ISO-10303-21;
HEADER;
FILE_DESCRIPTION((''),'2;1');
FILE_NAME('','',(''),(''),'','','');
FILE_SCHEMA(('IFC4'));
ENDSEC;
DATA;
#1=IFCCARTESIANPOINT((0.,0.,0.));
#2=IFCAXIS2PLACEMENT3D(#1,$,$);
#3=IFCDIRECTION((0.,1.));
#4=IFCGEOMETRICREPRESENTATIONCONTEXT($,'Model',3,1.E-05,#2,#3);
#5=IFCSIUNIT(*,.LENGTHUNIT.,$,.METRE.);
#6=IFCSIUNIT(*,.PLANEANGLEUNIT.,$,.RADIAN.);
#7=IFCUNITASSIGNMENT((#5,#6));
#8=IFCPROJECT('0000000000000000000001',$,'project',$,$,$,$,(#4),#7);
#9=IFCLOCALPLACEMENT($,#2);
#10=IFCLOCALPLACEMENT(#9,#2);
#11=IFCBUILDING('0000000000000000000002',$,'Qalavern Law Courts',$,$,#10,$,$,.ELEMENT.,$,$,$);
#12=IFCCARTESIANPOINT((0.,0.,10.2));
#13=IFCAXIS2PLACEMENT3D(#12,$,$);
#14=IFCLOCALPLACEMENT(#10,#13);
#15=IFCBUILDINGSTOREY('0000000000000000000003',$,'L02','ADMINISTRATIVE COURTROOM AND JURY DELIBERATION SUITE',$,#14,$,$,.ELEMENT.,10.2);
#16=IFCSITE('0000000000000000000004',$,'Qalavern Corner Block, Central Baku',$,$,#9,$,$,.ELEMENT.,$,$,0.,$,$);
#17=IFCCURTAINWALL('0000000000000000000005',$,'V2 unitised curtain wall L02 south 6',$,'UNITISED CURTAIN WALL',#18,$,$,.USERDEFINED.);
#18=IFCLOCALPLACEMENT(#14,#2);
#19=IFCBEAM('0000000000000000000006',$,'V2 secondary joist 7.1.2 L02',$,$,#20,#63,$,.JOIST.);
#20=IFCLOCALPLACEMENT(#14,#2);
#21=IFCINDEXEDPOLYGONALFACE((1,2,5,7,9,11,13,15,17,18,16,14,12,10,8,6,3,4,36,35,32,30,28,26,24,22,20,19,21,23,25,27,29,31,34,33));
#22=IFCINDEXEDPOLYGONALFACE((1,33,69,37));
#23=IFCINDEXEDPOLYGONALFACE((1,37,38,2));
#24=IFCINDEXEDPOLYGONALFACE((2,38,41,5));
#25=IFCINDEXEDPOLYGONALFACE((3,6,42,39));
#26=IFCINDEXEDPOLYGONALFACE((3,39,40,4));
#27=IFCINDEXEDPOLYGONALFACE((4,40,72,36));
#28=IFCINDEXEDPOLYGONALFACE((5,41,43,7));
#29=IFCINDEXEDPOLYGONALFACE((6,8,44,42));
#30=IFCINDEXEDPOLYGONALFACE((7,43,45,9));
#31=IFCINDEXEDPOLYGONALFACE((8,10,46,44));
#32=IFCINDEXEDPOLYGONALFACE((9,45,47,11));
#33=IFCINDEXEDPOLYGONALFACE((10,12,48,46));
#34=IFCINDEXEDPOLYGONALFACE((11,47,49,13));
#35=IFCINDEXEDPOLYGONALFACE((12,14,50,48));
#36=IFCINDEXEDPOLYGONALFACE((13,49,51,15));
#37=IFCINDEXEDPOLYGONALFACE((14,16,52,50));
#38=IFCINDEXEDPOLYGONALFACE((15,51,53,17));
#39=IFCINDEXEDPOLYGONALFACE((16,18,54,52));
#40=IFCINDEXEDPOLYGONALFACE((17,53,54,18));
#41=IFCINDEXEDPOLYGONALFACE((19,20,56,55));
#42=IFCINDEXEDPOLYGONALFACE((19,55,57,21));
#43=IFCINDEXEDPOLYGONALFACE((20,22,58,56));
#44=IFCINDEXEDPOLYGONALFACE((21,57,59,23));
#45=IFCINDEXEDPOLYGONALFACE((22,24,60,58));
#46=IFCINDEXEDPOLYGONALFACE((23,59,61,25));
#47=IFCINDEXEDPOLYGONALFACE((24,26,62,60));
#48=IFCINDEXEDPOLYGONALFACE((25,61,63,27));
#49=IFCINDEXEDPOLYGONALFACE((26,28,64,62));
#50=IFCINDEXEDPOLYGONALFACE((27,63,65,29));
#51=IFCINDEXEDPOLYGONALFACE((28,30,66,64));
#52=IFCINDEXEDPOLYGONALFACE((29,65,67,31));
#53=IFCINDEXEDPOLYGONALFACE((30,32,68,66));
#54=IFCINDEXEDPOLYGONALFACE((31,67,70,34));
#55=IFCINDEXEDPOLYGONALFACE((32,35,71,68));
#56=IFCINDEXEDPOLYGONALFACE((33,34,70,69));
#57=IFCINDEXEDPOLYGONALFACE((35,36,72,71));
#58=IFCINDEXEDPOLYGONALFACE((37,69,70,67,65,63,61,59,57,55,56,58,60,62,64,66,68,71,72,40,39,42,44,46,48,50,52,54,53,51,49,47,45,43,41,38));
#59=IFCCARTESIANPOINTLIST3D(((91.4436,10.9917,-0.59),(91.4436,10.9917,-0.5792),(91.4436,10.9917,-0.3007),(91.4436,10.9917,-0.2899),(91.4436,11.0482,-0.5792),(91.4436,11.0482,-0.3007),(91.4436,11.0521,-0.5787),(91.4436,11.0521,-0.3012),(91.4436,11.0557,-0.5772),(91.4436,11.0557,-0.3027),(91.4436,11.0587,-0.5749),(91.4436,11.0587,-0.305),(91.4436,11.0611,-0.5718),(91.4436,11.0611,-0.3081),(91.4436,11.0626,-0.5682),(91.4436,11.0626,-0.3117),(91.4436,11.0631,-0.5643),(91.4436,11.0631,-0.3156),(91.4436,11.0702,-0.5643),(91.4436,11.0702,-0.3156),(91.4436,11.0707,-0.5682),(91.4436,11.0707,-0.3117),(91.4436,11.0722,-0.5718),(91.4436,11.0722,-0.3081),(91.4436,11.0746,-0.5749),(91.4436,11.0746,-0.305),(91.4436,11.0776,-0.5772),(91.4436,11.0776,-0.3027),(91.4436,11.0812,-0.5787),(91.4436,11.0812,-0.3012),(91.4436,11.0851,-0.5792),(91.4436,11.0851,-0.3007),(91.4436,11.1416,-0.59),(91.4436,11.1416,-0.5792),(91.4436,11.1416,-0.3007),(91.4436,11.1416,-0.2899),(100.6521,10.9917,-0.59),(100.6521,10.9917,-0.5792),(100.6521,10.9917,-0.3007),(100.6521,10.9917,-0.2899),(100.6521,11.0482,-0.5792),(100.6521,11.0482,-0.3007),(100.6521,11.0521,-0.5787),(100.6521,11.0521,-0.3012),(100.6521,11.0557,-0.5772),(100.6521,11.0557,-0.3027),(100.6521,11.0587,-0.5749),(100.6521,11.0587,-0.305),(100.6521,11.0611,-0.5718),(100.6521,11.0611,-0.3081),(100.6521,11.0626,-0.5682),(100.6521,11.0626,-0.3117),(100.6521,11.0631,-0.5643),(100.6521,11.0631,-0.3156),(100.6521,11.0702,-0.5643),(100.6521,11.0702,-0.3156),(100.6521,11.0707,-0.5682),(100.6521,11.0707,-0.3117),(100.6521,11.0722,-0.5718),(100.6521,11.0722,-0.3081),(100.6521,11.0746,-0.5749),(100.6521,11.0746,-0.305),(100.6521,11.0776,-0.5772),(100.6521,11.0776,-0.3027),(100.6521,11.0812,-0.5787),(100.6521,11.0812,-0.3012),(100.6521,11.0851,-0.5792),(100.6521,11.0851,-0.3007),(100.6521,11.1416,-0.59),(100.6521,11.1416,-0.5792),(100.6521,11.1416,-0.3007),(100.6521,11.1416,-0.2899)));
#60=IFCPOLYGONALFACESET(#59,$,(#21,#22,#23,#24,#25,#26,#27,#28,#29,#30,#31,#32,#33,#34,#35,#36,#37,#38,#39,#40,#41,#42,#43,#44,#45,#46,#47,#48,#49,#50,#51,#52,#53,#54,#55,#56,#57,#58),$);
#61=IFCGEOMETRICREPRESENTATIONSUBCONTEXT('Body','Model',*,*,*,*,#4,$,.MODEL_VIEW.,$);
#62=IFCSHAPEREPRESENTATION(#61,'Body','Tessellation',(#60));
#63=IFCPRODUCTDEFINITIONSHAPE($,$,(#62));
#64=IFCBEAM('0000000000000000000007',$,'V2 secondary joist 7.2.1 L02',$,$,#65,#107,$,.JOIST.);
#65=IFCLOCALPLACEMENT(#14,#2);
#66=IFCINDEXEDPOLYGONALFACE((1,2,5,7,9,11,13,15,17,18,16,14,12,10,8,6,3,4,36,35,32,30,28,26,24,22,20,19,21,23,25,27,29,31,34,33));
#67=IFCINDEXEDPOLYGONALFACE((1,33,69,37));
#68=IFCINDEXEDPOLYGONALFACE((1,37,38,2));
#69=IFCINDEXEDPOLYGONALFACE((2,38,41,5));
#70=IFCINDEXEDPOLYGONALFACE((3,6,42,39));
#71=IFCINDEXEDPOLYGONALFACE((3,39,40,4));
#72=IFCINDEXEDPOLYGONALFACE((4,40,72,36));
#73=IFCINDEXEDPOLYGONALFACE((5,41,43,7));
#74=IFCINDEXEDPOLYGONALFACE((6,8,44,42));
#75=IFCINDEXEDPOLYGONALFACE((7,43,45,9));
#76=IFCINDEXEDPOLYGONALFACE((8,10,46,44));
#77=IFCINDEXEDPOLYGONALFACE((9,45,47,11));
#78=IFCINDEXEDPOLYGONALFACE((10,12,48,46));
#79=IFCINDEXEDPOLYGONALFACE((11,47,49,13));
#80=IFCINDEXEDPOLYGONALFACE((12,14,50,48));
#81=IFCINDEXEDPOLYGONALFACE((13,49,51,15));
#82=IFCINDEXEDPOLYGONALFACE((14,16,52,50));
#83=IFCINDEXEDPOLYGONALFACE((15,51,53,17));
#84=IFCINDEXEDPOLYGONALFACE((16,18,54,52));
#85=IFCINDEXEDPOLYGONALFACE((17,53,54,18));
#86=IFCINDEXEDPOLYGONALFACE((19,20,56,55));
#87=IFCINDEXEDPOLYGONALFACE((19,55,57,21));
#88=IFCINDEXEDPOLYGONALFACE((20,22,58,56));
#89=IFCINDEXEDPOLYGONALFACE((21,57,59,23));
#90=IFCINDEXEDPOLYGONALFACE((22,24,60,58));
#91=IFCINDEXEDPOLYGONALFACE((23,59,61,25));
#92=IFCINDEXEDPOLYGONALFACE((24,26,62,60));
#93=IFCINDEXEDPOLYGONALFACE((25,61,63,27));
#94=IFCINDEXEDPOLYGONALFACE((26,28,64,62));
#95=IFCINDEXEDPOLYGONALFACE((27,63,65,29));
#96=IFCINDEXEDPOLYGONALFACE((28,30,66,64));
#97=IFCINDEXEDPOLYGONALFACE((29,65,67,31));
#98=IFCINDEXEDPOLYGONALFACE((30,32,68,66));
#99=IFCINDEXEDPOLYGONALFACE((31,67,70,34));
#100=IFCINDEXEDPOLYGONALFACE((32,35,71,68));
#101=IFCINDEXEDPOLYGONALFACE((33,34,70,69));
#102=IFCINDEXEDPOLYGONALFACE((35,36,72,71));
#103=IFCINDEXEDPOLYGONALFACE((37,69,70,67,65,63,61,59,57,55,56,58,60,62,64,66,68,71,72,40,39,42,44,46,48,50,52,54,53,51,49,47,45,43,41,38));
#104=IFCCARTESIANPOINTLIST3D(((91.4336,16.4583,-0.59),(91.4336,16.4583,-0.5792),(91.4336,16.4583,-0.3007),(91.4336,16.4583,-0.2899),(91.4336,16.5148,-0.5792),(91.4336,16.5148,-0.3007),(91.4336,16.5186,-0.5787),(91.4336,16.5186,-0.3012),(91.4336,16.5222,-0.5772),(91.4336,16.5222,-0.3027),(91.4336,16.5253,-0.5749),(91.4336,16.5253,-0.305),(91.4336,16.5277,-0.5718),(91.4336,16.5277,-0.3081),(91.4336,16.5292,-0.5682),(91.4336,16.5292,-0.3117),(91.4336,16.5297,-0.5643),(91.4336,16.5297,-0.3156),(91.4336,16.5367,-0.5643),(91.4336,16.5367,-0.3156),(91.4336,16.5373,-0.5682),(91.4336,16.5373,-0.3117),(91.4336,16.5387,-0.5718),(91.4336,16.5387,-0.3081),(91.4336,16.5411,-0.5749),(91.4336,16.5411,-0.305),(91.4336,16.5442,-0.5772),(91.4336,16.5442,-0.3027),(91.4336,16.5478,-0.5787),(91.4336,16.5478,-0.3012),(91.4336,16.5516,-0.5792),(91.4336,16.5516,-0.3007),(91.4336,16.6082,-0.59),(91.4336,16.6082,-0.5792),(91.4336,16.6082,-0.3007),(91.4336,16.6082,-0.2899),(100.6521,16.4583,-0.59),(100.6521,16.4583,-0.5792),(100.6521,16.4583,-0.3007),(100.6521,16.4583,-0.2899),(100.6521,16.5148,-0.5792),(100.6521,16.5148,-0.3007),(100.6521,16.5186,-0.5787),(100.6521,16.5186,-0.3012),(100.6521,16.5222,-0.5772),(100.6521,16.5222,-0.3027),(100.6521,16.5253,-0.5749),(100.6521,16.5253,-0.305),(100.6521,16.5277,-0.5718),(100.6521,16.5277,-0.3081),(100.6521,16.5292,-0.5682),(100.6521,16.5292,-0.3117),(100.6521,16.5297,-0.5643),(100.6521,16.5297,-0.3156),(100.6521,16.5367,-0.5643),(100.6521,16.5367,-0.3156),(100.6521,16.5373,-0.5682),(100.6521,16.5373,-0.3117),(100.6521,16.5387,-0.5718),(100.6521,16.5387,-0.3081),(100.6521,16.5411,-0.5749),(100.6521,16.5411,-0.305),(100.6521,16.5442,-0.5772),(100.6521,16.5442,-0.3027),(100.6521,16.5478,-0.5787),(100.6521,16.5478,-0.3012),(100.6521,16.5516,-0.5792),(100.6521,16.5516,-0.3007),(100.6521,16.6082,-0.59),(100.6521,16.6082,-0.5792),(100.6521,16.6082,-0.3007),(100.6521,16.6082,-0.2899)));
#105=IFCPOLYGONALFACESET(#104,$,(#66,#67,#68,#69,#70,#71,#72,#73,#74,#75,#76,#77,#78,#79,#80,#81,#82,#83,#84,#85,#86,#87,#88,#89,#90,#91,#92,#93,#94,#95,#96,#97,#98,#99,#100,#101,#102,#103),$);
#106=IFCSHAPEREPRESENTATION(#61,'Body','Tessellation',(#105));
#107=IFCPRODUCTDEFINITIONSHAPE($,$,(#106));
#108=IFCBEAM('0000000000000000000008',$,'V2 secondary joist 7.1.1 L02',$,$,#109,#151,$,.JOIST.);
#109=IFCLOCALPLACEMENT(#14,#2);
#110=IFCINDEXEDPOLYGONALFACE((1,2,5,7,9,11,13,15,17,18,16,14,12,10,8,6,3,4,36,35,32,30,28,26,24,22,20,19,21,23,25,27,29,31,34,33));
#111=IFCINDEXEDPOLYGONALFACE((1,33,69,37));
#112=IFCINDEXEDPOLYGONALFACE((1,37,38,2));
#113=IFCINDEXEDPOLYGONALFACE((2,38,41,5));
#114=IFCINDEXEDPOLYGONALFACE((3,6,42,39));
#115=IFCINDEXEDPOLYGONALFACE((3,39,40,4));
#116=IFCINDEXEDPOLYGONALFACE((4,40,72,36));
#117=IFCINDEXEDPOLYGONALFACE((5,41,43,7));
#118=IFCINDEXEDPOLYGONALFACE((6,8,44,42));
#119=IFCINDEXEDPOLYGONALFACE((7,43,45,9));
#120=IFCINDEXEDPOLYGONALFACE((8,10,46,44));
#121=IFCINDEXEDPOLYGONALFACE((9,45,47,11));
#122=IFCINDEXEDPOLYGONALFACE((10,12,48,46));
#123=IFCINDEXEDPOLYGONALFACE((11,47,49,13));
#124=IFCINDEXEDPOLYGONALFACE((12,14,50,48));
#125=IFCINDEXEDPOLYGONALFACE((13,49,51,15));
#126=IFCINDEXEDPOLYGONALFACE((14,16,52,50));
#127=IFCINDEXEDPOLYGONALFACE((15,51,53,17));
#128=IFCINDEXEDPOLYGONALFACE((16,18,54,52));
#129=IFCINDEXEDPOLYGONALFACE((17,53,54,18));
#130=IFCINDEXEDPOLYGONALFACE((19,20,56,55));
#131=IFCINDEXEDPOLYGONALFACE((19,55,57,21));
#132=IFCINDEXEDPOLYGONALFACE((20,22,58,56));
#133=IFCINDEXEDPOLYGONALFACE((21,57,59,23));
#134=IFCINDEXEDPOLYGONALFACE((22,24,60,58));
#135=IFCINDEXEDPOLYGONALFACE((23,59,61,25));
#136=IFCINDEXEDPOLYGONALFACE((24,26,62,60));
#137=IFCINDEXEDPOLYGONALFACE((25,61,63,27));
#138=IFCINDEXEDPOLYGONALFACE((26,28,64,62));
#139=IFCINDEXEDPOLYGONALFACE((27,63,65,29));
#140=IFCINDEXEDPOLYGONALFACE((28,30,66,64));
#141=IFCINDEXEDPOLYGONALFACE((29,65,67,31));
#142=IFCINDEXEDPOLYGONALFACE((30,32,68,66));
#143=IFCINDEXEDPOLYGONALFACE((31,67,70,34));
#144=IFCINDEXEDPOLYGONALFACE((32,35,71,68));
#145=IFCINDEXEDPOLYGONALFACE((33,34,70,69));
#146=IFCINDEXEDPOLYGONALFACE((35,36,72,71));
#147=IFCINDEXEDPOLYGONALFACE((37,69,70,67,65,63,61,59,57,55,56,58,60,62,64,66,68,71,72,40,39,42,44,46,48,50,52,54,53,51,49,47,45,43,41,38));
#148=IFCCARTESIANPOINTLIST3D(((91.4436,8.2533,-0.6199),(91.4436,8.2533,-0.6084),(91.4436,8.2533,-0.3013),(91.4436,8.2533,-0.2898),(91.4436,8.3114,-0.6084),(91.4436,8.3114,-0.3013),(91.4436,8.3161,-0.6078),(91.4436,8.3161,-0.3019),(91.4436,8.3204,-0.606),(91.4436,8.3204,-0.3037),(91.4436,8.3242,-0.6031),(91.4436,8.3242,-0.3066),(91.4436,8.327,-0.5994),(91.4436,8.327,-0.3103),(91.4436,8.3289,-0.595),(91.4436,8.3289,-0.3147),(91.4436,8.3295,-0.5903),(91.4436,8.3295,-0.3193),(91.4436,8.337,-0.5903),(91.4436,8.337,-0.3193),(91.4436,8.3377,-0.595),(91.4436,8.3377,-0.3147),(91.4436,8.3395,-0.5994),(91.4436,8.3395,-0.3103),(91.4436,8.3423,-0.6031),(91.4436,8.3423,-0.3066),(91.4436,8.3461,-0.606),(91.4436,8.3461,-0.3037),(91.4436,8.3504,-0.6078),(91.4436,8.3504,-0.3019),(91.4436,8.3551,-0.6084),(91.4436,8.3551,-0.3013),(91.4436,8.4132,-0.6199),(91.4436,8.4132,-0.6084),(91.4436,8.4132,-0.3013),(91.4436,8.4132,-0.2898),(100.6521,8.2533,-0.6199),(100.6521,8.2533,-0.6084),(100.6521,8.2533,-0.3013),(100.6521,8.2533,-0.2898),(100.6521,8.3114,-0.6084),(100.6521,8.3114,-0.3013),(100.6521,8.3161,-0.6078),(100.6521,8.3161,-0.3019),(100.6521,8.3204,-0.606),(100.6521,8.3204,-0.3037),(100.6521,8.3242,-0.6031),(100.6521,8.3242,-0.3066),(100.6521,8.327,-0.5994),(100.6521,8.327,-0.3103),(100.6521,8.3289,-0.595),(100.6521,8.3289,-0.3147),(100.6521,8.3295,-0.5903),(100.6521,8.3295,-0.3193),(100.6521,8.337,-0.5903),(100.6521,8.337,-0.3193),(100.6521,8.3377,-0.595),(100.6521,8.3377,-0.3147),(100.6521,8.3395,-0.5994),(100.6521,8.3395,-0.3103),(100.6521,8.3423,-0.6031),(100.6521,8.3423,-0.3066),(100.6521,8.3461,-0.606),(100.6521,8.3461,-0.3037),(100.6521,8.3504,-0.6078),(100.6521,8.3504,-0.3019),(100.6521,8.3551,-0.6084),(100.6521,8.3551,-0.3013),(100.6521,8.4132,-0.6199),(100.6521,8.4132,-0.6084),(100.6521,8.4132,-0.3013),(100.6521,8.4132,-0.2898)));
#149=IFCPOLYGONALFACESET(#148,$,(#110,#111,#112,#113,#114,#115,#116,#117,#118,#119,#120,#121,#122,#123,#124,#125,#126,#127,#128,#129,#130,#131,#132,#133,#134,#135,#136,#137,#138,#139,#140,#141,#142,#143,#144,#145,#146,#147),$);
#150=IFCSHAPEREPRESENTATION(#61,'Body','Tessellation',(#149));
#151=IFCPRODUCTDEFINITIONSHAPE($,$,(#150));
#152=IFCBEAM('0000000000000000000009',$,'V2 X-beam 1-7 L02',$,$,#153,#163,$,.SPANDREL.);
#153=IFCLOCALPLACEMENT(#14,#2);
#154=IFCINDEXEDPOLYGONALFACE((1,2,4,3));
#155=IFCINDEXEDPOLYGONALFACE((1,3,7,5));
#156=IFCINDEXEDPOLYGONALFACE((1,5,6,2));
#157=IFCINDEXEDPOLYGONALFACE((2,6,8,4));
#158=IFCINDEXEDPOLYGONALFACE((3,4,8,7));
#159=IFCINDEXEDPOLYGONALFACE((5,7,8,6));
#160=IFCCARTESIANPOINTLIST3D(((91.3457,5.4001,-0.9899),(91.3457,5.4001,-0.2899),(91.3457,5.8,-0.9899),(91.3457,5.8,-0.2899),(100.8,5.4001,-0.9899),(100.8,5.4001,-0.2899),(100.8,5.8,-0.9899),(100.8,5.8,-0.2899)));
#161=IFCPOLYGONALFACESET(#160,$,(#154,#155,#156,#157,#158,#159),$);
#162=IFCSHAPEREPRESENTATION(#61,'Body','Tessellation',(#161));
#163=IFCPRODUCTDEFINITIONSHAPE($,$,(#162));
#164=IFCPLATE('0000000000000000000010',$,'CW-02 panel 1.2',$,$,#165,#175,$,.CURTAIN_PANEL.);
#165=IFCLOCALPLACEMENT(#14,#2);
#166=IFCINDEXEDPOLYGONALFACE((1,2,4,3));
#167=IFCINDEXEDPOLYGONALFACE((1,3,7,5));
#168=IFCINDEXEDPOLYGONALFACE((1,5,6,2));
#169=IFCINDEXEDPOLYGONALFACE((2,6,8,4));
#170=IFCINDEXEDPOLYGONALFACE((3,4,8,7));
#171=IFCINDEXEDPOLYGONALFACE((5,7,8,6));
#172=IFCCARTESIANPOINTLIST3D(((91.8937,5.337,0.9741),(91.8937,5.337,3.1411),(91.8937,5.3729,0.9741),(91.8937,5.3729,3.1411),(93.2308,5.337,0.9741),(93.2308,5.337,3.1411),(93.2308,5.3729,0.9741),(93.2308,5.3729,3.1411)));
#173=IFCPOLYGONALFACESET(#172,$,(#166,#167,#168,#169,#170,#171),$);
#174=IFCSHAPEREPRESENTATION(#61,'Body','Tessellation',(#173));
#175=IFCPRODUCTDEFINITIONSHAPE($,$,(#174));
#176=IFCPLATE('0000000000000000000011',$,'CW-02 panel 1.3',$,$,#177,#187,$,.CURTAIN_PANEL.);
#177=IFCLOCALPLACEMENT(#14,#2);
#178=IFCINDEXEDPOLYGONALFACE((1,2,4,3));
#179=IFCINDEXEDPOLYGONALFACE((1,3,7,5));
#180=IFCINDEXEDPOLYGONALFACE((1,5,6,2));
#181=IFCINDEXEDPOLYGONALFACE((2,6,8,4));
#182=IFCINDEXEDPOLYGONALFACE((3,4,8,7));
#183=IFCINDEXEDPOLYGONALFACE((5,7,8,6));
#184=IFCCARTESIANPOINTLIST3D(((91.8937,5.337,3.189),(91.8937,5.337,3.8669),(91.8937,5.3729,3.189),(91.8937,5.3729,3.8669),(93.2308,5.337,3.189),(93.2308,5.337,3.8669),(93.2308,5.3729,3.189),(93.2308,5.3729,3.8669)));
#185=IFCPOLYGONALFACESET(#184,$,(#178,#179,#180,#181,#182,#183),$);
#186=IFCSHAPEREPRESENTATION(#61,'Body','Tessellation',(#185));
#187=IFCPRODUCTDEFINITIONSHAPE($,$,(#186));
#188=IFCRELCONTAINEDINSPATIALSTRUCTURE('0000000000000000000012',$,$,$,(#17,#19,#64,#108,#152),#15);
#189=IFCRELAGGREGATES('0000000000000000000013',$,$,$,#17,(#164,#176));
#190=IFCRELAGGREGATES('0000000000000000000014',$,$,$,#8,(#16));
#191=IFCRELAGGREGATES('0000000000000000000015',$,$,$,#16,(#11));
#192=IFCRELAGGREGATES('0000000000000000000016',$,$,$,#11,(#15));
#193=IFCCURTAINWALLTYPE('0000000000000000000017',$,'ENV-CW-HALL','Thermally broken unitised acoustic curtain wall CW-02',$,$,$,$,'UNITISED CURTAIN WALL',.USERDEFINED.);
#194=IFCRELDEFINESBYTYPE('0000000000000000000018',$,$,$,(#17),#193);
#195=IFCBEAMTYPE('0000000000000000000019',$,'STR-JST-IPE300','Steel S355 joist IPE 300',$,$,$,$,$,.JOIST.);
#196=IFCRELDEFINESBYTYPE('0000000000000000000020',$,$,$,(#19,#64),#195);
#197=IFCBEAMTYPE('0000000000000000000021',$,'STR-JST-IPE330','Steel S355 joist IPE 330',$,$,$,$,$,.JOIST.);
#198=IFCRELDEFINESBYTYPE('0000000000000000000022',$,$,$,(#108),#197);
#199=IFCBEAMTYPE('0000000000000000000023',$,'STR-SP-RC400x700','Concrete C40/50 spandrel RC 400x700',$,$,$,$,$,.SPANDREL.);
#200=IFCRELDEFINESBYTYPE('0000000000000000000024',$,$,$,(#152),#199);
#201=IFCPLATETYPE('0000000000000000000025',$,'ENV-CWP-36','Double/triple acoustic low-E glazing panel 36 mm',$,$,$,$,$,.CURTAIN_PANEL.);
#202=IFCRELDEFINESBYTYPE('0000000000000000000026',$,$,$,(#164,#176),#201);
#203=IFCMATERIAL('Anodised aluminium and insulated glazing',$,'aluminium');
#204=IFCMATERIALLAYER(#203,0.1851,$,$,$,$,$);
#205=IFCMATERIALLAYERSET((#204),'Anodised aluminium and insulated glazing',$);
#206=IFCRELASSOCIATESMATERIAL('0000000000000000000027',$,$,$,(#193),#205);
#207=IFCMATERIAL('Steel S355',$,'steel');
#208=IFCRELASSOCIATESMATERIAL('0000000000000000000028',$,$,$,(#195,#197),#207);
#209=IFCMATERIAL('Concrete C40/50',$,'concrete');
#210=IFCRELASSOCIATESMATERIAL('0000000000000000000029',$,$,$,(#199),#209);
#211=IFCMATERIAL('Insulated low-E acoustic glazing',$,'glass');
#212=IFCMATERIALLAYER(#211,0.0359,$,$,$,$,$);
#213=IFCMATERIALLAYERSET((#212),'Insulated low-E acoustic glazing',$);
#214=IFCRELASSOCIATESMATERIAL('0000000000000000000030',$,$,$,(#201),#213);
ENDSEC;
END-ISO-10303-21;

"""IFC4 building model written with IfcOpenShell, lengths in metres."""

from ifc_helpers import new_model, si_unit, direction, frame, origin, origin_2d, place, context, subcontext, project, spatial, rectangle, i_section, extrude, material, layer, layer_set, material_profile, profile_set, type_object, element, aggregate, save


model = new_model("IFC4")

# Units and contexts
model_context = context("Model", 3, precision=1e-05, world=origin(), true_north=direction((0.0, 1.0)))
body_context = subcontext(model_context, "Body", "Model", "MODEL_VIEW")
ifc_project = project(units=[si_unit("LENGTHUNIT", "METRE"), si_unit("PLANEANGLEUNIT", "RADIAN")], contexts=[model_context])

# Site, building, storey
site_placement = place(None, origin())
site = spatial("IfcSite", under=ifc_project, at=site_placement, Name="Qalavern Corner Block, Central Baku", CompositionType="ELEMENT", RefElevation=0.0)
building_placement = place(site_placement, origin())
building = spatial("IfcBuilding", under=site, at=building_placement, Name="Qalavern Law Courts", CompositionType="ELEMENT")
storey_placement = place(building_placement, frame((0.0, 0.0, 10.2)))
storey = spatial("IfcBuildingStorey", under=building, at=storey_placement, Name="L02", Description="ADMINISTRATIVE COURTROOM AND JURY DELIBERATION SUITE", CompositionType="ELEMENT", Elevation=10.2)

# Curtain wall
ifc_material_1 = material(Name="Anodised aluminium and insulated glazing", Category="aluminium")
ifc_layer_1 = layer(ifc_material_1, 0.1851)
ifc_layer_set_1 = layer_set([ifc_layer_1], Name="Anodised aluminium and insulated glazing")
curtain_wall_type = type_object("IfcCurtainWallType", Name="ENV-CW-HALL", Description="Thermally broken unitised acoustic curtain wall CW-02", ElementType="UNITISED CURTAIN WALL", PredefinedType="USERDEFINED", material=ifc_layer_set_1)
curtain_wall_placement = place(storey_placement, origin())
curtain_wall = element("IfcCurtainWall", 1, at=curtain_wall_placement, inside=storey, type_object=curtain_wall_type, Name="V2 unitised curtain wall L02 south 6", ObjectType="UNITISED CURTAIN WALL", PredefinedType="USERDEFINED")

# Beams
ifc_material_2 = material(Name="Steel S355", Category="steel")
ifc_material_3 = material(Name="Concrete C40/50", Category="concrete")
ifc_material_profile_1 = material_profile(ifc_material_2, i_section(OverallWidth=0.1499, OverallDepth=0.3, WebThickness=0.0071, FlangeThickness=0.0107, FilletRadius=0.0149, at=origin_2d()), Name="IPE 300")
ifc_profile_set_1 = profile_set([ifc_material_profile_1], Name="Steel S355")
beam_type_1 = type_object("IfcBeamType", Name="STR-JST-IPE300", Description="Steel S355 joist IPE 300", PredefinedType="JOIST", material=ifc_profile_set_1)
beam_1_placement = place(storey_placement, frame((91.4436, 11.0667, -0.4399), z_axis=(1.0, 0.0, 0.0), x_axis=(0.0, 1.0, 0.0)))
element("IfcBeam", 2, at=beam_1_placement, inside=storey, type_object=beam_type_1, Name="V2 secondary joist 7.1.2 L02", PredefinedType="JOIST", context=body_context, shape_type="SweptSolid", body=[
    extrude(i_section(OverallWidth=0.1499, OverallDepth=0.3, WebThickness=0.0071, FlangeThickness=0.0107, FilletRadius=0.0149, at=origin_2d()), origin(), (0.0, 0.0, 1.0), 9.2085),
])
beam_2_placement = place(storey_placement, frame((91.4336, 16.5332, -0.4399), z_axis=(1.0, 0.0, 0.0), x_axis=(0.0, 1.0, 0.0)))
element("IfcBeam", 3, at=beam_2_placement, inside=storey, type_object=beam_type_1, Name="V2 secondary joist 7.2.1 L02", PredefinedType="JOIST", context=body_context, shape_type="SweptSolid", body=[
    extrude(i_section(OverallWidth=0.1499, OverallDepth=0.3, WebThickness=0.0071, FlangeThickness=0.0107, FilletRadius=0.0149, at=origin_2d()), origin(), (0.0, 0.0, 1.0), 9.2185),
])
ifc_material_profile_2 = material_profile(ifc_material_2, i_section(OverallWidth=0.1599, OverallDepth=0.3301, WebThickness=0.0076, FlangeThickness=0.0115, FilletRadius=0.0181, at=origin_2d()), Name="IPE 330")
ifc_profile_set_2 = profile_set([ifc_material_profile_2], Name="Steel S355")
beam_type_2 = type_object("IfcBeamType", Name="STR-JST-IPE330", Description="Steel S355 joist IPE 330", PredefinedType="JOIST", material=ifc_profile_set_2)
beam_3_placement = place(storey_placement, frame((91.4436, 8.3333, -0.4548), z_axis=(1.0, 0.0, 0.0), x_axis=(0.0, 1.0, 0.0)))
element("IfcBeam", 4, at=beam_3_placement, inside=storey, type_object=beam_type_2, Name="V2 secondary joist 7.1.1 L02", PredefinedType="JOIST", context=body_context, shape_type="SweptSolid", body=[
    extrude(i_section(OverallWidth=0.1599, OverallDepth=0.3301, WebThickness=0.0076, FlangeThickness=0.0115, FilletRadius=0.0181, at=origin_2d()), origin(), (0.0, 0.0, 1.0), 9.2085),
])
ifc_material_profile_3 = material_profile(ifc_material_3, rectangle(XDim=0.3999, YDim=0.7, at=origin_2d()), Name="RC 400x700")
ifc_profile_set_3 = profile_set([ifc_material_profile_3], Name="Concrete C40/50")
beam_type_3 = type_object("IfcBeamType", Name="STR-SP-RC400x700", Description="Concrete C40/50 spandrel RC 400x700", PredefinedType="SPANDREL", material=ifc_profile_set_3)
beam_4_placement = place(storey_placement, frame((91.3457, 5.6001, -0.6399), z_axis=(1.0, 0.0, 0.0), x_axis=(0.0, 1.0, 0.0)))
element("IfcBeam", 5, at=beam_4_placement, inside=storey, type_object=beam_type_3, Name="V2 X-beam 1-7 L02", PredefinedType="SPANDREL", context=body_context, shape_type="SweptSolid", body=[
    extrude(rectangle(XDim=0.3999, YDim=0.7, at=origin_2d()), origin(), (0.0, 0.0, 1.0), 9.4543),
])

# Plates
ifc_material_4 = material(Name="Insulated low-E acoustic glazing", Category="glass")
ifc_layer_2 = layer(ifc_material_4, 0.0359)
ifc_layer_set_2 = layer_set([ifc_layer_2], Name="Insulated low-E acoustic glazing")
plate_type = type_object("IfcPlateType", Name="ENV-CWP-36", Description="Double/triple acoustic low-E glazing panel 36 mm", PredefinedType="CURTAIN_PANEL", material=ifc_layer_set_2)
plate_1_placement = place(storey_placement, frame((92.5623, 5.355, 0.9741), z_axis=(0.0, 0.0, 1.0), x_axis=(1.0, 0.0, 0.0)))
plate_1 = element("IfcPlate", 6, at=plate_1_placement, type_object=plate_type, Name="CW-02 panel 1.2", PredefinedType="CURTAIN_PANEL", context=body_context, shape_type="SweptSolid", body=[
    extrude(rectangle(XDim=1.3372, YDim=0.0359, at=origin_2d()), origin(), (0.0, 0.0, 1.0), 2.167),
])
plate_2_placement = place(storey_placement, frame((92.5623, 5.355, 3.189), z_axis=(0.0, 0.0, 1.0), x_axis=(1.0, 0.0, 0.0)))
plate_2 = element("IfcPlate", 7, at=plate_2_placement, type_object=plate_type, Name="CW-02 panel 1.3", PredefinedType="CURTAIN_PANEL", context=body_context, shape_type="SweptSolid", body=[
    extrude(rectangle(XDim=1.3372, YDim=0.0359, at=origin_2d()), origin(), (0.0, 0.0, 1.0), 0.678),
])
aggregate(curtain_wall, [plate_1, plate_2])

save(model, "model.ifc")
